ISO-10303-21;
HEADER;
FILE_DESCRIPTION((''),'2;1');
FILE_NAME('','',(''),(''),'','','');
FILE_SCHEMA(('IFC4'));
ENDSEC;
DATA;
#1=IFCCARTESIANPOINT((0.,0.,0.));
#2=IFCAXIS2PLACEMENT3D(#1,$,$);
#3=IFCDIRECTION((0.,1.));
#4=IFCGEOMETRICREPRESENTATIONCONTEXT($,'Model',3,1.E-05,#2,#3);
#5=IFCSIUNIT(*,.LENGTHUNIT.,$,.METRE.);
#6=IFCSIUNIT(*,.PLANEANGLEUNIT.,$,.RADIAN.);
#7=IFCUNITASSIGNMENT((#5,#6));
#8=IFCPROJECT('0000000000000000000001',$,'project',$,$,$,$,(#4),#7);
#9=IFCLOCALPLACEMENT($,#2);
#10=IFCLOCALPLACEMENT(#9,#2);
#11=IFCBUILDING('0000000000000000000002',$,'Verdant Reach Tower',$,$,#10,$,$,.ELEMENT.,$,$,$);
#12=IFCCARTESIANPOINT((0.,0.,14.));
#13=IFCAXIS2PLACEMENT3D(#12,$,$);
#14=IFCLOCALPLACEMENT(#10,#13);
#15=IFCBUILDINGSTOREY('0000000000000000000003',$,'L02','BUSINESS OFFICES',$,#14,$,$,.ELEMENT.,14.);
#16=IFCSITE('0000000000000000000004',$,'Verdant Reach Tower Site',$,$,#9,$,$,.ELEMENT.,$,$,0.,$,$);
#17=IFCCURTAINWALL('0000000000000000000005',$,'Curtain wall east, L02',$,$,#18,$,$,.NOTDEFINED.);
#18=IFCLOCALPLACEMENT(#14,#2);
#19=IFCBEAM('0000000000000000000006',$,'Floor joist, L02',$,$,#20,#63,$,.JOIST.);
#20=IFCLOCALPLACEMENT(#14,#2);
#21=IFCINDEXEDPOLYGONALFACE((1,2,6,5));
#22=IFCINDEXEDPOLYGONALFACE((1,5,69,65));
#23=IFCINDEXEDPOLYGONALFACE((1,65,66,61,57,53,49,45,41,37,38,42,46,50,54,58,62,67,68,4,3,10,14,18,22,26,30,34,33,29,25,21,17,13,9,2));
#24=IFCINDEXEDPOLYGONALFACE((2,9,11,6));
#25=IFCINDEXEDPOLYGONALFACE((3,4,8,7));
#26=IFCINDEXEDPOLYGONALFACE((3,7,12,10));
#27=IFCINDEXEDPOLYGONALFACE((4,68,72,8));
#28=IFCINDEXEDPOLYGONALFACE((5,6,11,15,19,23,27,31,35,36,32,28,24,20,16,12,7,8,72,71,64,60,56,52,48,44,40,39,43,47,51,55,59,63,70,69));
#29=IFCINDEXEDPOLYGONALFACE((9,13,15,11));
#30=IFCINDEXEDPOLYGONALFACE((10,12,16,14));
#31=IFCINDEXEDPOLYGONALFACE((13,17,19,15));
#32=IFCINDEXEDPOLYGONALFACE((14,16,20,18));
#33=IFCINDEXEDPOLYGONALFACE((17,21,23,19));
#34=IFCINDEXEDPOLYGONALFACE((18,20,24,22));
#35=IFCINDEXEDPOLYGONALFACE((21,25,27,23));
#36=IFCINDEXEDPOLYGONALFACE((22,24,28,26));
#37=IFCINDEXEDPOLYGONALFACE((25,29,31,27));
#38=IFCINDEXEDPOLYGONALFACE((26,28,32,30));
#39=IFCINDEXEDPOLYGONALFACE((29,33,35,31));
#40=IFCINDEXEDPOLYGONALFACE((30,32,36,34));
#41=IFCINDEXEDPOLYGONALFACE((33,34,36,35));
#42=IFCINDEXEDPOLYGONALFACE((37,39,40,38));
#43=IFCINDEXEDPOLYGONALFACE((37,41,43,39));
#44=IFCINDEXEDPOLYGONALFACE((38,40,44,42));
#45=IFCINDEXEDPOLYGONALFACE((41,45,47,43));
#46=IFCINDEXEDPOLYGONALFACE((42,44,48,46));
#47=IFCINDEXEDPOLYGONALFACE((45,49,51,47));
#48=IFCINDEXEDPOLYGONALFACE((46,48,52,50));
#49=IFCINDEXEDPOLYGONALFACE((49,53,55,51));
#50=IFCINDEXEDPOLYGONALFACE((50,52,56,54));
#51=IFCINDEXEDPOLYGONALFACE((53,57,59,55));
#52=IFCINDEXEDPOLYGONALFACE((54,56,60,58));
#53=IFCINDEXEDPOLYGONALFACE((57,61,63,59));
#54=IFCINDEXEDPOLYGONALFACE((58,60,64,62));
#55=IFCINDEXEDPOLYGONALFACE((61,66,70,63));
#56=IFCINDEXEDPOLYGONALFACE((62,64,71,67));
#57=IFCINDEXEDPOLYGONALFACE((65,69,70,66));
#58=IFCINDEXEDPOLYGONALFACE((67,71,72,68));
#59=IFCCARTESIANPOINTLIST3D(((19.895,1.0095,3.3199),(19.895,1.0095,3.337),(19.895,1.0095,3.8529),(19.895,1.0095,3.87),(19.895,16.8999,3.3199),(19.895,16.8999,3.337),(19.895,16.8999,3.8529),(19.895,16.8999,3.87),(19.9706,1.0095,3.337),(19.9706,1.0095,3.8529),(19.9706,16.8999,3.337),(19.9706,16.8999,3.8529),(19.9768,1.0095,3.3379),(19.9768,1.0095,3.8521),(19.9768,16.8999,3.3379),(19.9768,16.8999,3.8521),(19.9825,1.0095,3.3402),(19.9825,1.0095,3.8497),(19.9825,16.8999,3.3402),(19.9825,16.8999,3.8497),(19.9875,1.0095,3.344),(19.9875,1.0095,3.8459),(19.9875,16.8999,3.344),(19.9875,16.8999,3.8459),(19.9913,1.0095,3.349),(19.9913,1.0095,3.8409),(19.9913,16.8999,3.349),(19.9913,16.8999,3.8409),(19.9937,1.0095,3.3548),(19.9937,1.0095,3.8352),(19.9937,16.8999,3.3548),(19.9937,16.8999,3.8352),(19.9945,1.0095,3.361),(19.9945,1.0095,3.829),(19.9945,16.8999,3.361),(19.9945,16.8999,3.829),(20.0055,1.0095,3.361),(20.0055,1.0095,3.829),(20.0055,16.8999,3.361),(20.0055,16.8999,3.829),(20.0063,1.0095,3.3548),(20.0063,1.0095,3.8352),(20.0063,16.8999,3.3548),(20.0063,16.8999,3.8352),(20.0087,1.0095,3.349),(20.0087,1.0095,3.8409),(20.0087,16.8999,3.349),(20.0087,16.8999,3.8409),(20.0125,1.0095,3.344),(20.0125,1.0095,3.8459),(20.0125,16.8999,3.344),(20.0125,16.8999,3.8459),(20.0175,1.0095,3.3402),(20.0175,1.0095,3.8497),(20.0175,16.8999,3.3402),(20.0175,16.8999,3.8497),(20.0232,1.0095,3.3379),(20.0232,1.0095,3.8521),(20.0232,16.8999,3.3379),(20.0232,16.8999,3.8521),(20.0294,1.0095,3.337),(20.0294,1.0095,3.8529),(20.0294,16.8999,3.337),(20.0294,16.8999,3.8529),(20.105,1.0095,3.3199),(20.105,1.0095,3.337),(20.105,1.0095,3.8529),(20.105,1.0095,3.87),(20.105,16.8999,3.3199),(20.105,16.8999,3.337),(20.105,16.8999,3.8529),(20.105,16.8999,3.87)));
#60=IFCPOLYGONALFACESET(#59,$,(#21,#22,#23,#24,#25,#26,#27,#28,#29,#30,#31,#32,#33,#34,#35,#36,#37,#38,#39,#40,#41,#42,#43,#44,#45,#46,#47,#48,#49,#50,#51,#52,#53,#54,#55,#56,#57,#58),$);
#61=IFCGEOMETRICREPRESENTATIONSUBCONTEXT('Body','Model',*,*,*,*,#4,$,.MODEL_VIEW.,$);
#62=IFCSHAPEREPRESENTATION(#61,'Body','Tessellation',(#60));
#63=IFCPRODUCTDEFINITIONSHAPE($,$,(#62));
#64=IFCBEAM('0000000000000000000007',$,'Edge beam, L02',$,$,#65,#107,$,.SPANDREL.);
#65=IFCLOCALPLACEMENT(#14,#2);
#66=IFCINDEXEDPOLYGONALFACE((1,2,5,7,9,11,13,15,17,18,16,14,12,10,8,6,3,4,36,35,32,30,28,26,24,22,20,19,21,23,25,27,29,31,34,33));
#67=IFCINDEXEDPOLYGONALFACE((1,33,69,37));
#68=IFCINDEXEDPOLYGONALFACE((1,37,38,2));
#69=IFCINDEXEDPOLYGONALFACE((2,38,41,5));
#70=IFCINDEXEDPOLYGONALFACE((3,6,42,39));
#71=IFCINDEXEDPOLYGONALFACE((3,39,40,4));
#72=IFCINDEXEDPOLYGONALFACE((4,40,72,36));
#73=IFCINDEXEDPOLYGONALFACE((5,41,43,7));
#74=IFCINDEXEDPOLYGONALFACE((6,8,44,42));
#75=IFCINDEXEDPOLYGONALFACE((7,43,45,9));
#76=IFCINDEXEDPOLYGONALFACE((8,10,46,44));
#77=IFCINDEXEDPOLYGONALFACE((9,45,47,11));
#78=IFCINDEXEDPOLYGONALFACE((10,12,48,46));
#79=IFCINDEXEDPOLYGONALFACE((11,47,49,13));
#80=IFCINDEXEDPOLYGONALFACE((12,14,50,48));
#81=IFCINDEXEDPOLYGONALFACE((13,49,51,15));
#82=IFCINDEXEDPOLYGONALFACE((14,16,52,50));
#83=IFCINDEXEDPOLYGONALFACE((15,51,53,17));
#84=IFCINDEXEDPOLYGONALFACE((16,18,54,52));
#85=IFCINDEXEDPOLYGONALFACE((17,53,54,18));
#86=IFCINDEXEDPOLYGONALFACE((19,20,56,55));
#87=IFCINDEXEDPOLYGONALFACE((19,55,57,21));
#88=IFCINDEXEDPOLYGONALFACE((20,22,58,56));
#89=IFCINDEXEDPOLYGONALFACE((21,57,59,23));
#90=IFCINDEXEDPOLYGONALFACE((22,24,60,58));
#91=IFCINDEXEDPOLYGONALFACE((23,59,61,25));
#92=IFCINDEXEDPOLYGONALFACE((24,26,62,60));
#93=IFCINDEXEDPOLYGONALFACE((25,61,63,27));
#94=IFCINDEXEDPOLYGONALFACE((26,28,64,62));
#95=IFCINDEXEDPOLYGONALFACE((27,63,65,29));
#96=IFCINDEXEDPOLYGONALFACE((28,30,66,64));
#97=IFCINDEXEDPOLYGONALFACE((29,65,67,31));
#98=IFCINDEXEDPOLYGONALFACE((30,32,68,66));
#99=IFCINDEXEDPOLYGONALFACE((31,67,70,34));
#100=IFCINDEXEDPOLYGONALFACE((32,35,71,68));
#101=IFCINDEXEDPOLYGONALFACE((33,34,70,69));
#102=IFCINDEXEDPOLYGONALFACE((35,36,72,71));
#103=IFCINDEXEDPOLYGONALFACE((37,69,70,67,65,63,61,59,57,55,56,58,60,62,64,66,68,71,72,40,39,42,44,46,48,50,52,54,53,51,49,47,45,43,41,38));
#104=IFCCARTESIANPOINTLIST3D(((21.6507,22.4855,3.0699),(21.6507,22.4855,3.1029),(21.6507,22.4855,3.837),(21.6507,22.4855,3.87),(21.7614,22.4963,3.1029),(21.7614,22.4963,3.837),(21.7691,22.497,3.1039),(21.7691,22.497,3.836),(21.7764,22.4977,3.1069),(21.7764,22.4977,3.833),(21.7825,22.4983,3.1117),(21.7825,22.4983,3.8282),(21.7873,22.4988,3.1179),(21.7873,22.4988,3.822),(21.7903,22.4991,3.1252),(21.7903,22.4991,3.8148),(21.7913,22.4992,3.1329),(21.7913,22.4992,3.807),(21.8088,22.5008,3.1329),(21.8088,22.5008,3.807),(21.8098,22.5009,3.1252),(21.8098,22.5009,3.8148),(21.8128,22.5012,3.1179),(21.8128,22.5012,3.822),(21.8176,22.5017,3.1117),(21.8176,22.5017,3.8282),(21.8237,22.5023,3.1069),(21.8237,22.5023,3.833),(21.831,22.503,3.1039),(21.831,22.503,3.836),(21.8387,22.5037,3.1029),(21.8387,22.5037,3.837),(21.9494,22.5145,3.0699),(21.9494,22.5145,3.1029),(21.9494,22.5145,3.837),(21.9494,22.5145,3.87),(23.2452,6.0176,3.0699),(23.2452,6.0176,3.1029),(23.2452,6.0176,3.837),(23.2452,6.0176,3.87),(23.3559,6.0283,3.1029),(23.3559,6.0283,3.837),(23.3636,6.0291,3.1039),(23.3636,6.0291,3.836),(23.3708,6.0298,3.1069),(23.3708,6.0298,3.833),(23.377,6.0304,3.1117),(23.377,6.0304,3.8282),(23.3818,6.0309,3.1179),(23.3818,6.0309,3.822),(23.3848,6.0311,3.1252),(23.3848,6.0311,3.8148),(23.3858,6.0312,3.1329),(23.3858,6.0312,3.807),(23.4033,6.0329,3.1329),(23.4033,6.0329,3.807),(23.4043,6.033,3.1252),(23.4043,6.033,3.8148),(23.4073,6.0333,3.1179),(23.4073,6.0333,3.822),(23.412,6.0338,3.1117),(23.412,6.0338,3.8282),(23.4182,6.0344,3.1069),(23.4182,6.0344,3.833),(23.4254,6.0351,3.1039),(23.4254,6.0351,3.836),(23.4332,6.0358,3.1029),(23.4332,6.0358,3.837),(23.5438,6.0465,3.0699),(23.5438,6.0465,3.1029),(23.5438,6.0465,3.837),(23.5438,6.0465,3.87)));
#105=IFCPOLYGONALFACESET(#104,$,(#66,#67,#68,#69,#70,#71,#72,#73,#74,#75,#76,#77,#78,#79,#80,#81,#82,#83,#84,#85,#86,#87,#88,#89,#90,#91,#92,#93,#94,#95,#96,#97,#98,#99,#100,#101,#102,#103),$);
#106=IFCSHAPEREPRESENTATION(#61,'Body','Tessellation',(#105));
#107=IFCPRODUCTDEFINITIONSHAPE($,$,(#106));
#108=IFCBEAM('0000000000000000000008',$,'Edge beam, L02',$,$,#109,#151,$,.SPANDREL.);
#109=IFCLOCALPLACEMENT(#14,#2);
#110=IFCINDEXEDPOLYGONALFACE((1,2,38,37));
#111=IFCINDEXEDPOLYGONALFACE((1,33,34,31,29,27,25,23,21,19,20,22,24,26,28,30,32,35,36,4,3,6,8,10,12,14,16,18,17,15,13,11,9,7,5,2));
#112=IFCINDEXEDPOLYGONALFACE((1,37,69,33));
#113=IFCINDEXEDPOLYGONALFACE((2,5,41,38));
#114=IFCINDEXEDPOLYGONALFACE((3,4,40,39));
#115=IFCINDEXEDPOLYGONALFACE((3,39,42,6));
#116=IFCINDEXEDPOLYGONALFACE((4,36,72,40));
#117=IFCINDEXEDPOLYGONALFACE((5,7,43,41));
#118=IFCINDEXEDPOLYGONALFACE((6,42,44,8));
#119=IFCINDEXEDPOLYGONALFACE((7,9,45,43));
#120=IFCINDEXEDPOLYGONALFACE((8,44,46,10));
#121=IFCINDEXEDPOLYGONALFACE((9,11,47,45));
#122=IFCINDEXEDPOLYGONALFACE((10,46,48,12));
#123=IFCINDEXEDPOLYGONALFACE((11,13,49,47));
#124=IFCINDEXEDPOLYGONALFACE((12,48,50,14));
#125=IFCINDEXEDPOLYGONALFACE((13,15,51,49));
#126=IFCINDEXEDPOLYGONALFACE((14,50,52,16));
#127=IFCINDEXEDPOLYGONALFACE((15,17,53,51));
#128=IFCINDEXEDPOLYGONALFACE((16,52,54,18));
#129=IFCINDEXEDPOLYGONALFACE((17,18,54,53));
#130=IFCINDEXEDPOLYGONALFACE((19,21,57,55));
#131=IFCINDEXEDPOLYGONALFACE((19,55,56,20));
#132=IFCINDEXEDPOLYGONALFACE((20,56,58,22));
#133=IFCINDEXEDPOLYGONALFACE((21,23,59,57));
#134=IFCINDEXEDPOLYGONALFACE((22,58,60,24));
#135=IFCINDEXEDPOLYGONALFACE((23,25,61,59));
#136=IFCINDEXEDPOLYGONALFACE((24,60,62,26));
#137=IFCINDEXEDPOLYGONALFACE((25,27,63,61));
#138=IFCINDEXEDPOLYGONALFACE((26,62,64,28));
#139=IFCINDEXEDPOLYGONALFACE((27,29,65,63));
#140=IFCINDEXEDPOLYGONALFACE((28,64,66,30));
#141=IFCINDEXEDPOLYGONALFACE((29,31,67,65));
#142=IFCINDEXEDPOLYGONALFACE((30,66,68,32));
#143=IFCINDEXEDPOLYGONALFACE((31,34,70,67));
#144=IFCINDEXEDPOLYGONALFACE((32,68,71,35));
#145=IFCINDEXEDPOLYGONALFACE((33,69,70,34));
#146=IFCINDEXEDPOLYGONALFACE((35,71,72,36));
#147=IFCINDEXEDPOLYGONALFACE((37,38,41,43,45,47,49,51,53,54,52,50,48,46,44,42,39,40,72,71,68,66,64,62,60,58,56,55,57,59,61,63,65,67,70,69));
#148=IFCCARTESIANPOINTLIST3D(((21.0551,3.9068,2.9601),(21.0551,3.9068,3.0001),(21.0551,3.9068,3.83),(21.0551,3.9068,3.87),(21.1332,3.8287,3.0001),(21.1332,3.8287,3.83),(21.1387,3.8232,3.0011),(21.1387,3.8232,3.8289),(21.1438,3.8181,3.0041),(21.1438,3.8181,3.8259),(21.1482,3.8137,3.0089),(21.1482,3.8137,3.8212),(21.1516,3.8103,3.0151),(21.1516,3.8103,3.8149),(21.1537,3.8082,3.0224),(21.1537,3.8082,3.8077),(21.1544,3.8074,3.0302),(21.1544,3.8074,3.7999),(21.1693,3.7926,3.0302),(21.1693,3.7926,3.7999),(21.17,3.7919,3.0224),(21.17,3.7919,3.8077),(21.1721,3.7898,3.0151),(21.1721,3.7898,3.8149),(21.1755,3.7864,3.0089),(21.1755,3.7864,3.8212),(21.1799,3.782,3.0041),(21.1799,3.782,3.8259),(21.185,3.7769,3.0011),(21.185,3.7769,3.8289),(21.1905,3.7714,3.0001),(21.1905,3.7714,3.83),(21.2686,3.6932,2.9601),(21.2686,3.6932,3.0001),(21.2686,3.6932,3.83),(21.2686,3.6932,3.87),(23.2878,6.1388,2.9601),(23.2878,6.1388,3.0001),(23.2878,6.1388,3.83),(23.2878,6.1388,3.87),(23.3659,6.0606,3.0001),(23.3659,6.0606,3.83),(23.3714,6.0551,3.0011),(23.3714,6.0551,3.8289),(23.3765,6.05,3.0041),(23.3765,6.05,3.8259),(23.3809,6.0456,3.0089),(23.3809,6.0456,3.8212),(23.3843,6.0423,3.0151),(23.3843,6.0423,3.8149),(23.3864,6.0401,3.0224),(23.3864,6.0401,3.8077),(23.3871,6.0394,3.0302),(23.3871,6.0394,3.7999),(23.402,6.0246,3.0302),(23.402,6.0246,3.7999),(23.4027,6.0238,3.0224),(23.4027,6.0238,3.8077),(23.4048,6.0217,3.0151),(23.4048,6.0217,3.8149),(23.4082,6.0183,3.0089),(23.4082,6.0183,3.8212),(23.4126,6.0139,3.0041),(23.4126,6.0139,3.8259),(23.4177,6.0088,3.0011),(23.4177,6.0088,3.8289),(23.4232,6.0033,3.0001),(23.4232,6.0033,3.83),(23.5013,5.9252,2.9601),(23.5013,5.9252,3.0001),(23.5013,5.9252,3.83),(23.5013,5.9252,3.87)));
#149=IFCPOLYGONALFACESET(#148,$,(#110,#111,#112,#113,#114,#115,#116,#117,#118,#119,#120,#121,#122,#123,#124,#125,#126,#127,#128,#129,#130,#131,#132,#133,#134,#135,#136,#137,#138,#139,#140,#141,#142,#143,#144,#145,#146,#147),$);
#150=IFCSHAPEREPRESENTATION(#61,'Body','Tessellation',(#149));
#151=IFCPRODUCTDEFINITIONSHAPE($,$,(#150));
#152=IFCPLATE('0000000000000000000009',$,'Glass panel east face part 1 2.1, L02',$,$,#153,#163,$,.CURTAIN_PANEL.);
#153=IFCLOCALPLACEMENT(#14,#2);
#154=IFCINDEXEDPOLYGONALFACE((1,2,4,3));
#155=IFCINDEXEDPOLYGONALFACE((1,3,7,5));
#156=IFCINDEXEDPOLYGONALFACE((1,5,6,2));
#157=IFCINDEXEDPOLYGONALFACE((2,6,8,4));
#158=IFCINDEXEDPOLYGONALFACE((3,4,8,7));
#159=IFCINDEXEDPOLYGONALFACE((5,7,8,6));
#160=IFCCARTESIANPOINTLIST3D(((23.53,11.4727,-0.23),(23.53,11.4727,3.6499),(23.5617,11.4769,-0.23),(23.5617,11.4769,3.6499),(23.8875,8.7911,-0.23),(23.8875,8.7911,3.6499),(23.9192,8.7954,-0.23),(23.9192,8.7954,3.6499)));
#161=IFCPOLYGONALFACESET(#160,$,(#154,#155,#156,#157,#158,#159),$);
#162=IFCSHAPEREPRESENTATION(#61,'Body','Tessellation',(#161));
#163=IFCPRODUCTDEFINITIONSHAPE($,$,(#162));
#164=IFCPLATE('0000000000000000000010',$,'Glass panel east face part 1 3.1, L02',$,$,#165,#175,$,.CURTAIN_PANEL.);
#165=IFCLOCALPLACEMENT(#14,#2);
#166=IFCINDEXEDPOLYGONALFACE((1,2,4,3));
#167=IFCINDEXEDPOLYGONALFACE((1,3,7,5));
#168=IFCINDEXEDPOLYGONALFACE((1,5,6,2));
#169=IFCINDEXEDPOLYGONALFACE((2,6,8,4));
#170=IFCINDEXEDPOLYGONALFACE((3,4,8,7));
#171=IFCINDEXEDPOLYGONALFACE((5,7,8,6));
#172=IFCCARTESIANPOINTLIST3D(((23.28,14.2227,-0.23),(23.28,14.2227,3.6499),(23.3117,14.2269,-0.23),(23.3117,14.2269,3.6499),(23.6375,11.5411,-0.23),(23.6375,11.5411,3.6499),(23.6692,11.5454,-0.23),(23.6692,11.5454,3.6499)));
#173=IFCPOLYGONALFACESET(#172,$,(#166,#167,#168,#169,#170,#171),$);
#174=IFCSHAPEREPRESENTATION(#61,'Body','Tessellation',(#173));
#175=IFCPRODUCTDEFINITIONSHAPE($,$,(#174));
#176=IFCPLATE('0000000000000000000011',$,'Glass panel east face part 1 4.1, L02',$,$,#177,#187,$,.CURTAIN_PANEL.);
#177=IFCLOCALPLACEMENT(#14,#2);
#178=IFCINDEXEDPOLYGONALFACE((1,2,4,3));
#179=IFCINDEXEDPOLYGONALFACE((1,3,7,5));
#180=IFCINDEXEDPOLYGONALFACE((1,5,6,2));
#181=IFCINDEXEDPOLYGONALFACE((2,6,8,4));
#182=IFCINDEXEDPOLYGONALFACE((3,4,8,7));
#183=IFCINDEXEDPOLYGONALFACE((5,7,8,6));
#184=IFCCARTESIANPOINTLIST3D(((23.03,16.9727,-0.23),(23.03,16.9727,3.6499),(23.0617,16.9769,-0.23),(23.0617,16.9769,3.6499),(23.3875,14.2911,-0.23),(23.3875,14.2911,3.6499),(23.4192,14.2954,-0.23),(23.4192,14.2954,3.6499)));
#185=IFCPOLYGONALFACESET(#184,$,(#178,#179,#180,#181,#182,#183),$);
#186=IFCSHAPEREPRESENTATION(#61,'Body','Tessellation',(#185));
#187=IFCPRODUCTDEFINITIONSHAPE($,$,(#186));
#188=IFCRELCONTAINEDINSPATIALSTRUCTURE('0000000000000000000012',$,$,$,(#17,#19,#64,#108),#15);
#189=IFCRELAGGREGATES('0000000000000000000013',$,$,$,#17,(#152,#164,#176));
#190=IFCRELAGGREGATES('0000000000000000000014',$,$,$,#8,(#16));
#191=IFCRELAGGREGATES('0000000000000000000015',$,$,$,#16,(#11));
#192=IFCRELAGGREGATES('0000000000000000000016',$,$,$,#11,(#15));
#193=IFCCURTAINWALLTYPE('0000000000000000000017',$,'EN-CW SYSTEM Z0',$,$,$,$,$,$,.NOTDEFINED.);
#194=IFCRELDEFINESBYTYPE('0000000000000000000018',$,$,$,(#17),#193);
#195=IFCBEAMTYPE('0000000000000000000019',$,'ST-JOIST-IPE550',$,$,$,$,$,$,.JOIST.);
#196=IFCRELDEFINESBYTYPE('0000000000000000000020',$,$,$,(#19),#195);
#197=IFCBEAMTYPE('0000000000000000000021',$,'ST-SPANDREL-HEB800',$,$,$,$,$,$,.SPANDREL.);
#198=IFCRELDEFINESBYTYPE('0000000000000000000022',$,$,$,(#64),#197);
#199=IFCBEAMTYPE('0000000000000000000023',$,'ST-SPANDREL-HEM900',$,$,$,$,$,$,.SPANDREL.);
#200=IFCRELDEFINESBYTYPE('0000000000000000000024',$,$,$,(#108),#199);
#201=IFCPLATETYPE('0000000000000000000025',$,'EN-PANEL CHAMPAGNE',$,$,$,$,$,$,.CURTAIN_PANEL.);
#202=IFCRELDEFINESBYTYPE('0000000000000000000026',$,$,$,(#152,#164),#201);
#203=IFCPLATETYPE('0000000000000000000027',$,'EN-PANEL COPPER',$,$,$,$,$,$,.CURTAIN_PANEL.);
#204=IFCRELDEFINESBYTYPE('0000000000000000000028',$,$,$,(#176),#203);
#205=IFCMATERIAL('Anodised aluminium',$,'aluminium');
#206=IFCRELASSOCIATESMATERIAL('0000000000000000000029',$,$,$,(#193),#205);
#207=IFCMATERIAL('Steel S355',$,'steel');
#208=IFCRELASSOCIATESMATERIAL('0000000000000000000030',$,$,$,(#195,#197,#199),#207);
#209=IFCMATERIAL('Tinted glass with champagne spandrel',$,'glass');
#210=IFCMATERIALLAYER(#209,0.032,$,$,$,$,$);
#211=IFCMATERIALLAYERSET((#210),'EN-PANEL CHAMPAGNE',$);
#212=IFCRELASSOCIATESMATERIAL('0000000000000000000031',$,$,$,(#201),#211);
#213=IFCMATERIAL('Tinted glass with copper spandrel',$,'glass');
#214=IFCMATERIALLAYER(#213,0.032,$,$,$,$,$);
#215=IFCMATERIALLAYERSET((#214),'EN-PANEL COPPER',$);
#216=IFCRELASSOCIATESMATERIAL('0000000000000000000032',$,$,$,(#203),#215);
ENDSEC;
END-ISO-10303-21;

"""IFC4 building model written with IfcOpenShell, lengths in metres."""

from ifc_helpers import new_model, si_unit, direction, frame, origin, origin_2d, place, context, subcontext, project, spatial, rectangle, i_section, extrude, material, layer, layer_set, material_profile, profile_set, type_object, element, aggregate, save


model = new_model("IFC4")

# Units and contexts
model_context = context("Model", 3, precision=1e-05, world=origin(), true_north=direction((0.0, 1.0)))
body_context = subcontext(model_context, "Body", "Model", "MODEL_VIEW")
ifc_project = project(units=[si_unit("LENGTHUNIT", "METRE"), si_unit("PLANEANGLEUNIT", "RADIAN")], contexts=[model_context])

# Site, building, storey
site_placement = place(None, origin())
site = spatial("IfcSite", under=ifc_project, at=site_placement, Name="Verdant Reach Tower Site", CompositionType="ELEMENT", RefElevation=0.0)
building_placement = place(site_placement, origin())
building = spatial("IfcBuilding", under=site, at=building_placement, Name="Verdant Reach Tower", CompositionType="ELEMENT")
storey_placement = place(building_placement, frame((0.0, 0.0, 14.0)))
storey = spatial("IfcBuildingStorey", under=building, at=storey_placement, Name="L02", Description="BUSINESS OFFICES", CompositionType="ELEMENT", Elevation=14.0)

# Curtain wall
ifc_material_1 = material(Name="Anodised aluminium", Category="aluminium")
curtain_wall_type = type_object("IfcCurtainWallType", Name="EN-CW SYSTEM Z0", PredefinedType="NOTDEFINED", material=ifc_material_1)
curtain_wall_placement = place(storey_placement, origin())
curtain_wall = element("IfcCurtainWall", 1, at=curtain_wall_placement, inside=storey, type_object=curtain_wall_type, Name="Curtain wall east, L02", PredefinedType="NOTDEFINED")

# Beams
ifc_material_2 = material(Name="Steel S355", Category="steel")
ifc_material_profile_1 = material_profile(ifc_material_2, i_section(OverallWidth=0.21, OverallDepth=0.55, WebThickness=0.011, FlangeThickness=0.0171, FilletRadius=0.0239, at=origin_2d()), Name="IPE 550")
ifc_profile_set_1 = profile_set([ifc_material_profile_1], Name="Steel S355")
beam_type_1 = type_object("IfcBeamType", Name="ST-JOIST-IPE550", PredefinedType="JOIST", material=ifc_profile_set_1)
beam_1_placement = place(storey_placement, frame((20.0, 16.8999, 3.595), z_axis=(0.0, -1.0, 0.0), x_axis=(1.0, 0.0, 0.0)))
element("IfcBeam", 2, at=beam_1_placement, inside=storey, type_object=beam_type_1, Name="Floor joist, L02", PredefinedType="JOIST", context=body_context, shape_type="SweptSolid", body=[
    extrude(i_section(OverallWidth=0.21, OverallDepth=0.55, WebThickness=0.011, FlangeThickness=0.0171, FilletRadius=0.0239, at=origin_2d()), origin(), (0.0, 0.0, 1.0), 15.8904),
])
ifc_material_profile_2 = material_profile(ifc_material_2, i_section(OverallWidth=0.3, OverallDepth=0.8, WebThickness=0.0176, FlangeThickness=0.033, FilletRadius=0.03, at=origin_2d()), Name="HEB 800")
ifc_profile_set_2 = profile_set([ifc_material_profile_2], Name="Steel S355")
beam_type_2 = type_object("IfcBeamType", Name="ST-SPANDREL-HEB800", PredefinedType="SPANDREL", material=ifc_profile_set_2)
beam_2_placement = place(storey_placement, frame((21.8, 22.5, 3.47), z_axis=(0.096372, -0.995345, 0.0), x_axis=(0.995345, 0.096372, 0.0)))
element("IfcBeam", 3, at=beam_2_placement, inside=storey, type_object=beam_type_2, Name="Edge beam, L02", PredefinedType="SPANDREL", context=body_context, shape_type="SweptSolid", body=[
    extrude(i_section(OverallWidth=0.3, OverallDepth=0.8, WebThickness=0.0176, FlangeThickness=0.033, FilletRadius=0.03, at=origin_2d()), origin(), (0.0, 0.0, 1.0), 16.5449),
])
ifc_material_profile_3 = material_profile(ifc_material_2, i_section(OverallWidth=0.302, OverallDepth=0.9099, WebThickness=0.021, FlangeThickness=0.04, FilletRadius=0.03, at=origin_2d()), Name="HEM 900")
ifc_profile_set_3 = profile_set([ifc_material_profile_3], Name="Steel S355")
beam_type_3 = type_object("IfcBeamType", Name="ST-SPANDREL-HEM900", PredefinedType="SPANDREL", material=ifc_profile_set_3)
beam_3_placement = place(storey_placement, frame((23.3945, 6.032, 3.415), z_axis=(-0.707223, -0.706991, 0.0), x_axis=(0.706991, -0.707223, 0.0)))
element("IfcBeam", 4, at=beam_3_placement, inside=storey, type_object=beam_type_3, Name="Edge beam, L02", PredefinedType="SPANDREL", context=body_context, shape_type="SweptSolid", body=[
    extrude(i_section(OverallWidth=0.302, OverallDepth=0.9099, WebThickness=0.021, FlangeThickness=0.04, FilletRadius=0.03, at=origin_2d()), origin(), (0.0, 0.0, 1.0), 3.157),
])

# Plates
ifc_material_3 = material(Name="Tinted glass with champagne spandrel", Category="glass")
ifc_layer_1 = layer(ifc_material_3, 0.032)
ifc_layer_set_1 = layer_set([ifc_layer_1], Name="EN-PANEL CHAMPAGNE")
plate_type_1 = type_object("IfcPlateType", Name="EN-PANEL CHAMPAGNE", PredefinedType="CURTAIN_PANEL", material=ifc_layer_set_1)
plate_1_placement = place(storey_placement, frame((23.7246, 10.134, -0.23), z_axis=(0.0, 0.0, 1.0), x_axis=(-0.13216, 0.991228, 0.0)))
plate_1 = element("IfcPlate", 5, at=plate_1_placement, type_object=plate_type_1, Name="Glass panel east face part 1 2.1, L02", PredefinedType="CURTAIN_PANEL", context=body_context, shape_type="SweptSolid", body=[
    extrude(rectangle(XDim=2.7053, YDim=0.032, at=origin_2d()), origin(), (0.0, 0.0, 1.0), 3.8799),
])
plate_2_placement = place(storey_placement, frame((23.4746, 12.884, -0.23), z_axis=(0.0, 0.0, 1.0), x_axis=(-0.13216, 0.991228, 0.0)))
plate_2 = element("IfcPlate", 6, at=plate_2_placement, type_object=plate_type_1, Name="Glass panel east face part 1 3.1, L02", PredefinedType="CURTAIN_PANEL", context=body_context, shape_type="SweptSolid", body=[
    extrude(rectangle(XDim=2.7053, YDim=0.032, at=origin_2d()), origin(), (0.0, 0.0, 1.0), 3.8799),
])
ifc_material_4 = material(Name="Tinted glass with copper spandrel", Category="glass")
ifc_layer_2 = layer(ifc_material_4, 0.032)
ifc_layer_set_2 = layer_set([ifc_layer_2], Name="EN-PANEL COPPER")
plate_type_2 = type_object("IfcPlateType", Name="EN-PANEL COPPER", PredefinedType="CURTAIN_PANEL", material=ifc_layer_set_2)
plate_3_placement = place(storey_placement, frame((23.2246, 15.634, -0.23), z_axis=(0.0, 0.0, 1.0), x_axis=(-0.13216, 0.991228, 0.0)))
plate_3 = element("IfcPlate", 7, at=plate_3_placement, type_object=plate_type_2, Name="Glass panel east face part 1 4.1, L02", PredefinedType="CURTAIN_PANEL", context=body_context, shape_type="SweptSolid", body=[
    extrude(rectangle(XDim=2.7053, YDim=0.032, at=origin_2d()), origin(), (0.0, 0.0, 1.0), 3.8799),
])
aggregate(curtain_wall, [plate_1, plate_2, plate_3])

save(model, "model.ifc")
